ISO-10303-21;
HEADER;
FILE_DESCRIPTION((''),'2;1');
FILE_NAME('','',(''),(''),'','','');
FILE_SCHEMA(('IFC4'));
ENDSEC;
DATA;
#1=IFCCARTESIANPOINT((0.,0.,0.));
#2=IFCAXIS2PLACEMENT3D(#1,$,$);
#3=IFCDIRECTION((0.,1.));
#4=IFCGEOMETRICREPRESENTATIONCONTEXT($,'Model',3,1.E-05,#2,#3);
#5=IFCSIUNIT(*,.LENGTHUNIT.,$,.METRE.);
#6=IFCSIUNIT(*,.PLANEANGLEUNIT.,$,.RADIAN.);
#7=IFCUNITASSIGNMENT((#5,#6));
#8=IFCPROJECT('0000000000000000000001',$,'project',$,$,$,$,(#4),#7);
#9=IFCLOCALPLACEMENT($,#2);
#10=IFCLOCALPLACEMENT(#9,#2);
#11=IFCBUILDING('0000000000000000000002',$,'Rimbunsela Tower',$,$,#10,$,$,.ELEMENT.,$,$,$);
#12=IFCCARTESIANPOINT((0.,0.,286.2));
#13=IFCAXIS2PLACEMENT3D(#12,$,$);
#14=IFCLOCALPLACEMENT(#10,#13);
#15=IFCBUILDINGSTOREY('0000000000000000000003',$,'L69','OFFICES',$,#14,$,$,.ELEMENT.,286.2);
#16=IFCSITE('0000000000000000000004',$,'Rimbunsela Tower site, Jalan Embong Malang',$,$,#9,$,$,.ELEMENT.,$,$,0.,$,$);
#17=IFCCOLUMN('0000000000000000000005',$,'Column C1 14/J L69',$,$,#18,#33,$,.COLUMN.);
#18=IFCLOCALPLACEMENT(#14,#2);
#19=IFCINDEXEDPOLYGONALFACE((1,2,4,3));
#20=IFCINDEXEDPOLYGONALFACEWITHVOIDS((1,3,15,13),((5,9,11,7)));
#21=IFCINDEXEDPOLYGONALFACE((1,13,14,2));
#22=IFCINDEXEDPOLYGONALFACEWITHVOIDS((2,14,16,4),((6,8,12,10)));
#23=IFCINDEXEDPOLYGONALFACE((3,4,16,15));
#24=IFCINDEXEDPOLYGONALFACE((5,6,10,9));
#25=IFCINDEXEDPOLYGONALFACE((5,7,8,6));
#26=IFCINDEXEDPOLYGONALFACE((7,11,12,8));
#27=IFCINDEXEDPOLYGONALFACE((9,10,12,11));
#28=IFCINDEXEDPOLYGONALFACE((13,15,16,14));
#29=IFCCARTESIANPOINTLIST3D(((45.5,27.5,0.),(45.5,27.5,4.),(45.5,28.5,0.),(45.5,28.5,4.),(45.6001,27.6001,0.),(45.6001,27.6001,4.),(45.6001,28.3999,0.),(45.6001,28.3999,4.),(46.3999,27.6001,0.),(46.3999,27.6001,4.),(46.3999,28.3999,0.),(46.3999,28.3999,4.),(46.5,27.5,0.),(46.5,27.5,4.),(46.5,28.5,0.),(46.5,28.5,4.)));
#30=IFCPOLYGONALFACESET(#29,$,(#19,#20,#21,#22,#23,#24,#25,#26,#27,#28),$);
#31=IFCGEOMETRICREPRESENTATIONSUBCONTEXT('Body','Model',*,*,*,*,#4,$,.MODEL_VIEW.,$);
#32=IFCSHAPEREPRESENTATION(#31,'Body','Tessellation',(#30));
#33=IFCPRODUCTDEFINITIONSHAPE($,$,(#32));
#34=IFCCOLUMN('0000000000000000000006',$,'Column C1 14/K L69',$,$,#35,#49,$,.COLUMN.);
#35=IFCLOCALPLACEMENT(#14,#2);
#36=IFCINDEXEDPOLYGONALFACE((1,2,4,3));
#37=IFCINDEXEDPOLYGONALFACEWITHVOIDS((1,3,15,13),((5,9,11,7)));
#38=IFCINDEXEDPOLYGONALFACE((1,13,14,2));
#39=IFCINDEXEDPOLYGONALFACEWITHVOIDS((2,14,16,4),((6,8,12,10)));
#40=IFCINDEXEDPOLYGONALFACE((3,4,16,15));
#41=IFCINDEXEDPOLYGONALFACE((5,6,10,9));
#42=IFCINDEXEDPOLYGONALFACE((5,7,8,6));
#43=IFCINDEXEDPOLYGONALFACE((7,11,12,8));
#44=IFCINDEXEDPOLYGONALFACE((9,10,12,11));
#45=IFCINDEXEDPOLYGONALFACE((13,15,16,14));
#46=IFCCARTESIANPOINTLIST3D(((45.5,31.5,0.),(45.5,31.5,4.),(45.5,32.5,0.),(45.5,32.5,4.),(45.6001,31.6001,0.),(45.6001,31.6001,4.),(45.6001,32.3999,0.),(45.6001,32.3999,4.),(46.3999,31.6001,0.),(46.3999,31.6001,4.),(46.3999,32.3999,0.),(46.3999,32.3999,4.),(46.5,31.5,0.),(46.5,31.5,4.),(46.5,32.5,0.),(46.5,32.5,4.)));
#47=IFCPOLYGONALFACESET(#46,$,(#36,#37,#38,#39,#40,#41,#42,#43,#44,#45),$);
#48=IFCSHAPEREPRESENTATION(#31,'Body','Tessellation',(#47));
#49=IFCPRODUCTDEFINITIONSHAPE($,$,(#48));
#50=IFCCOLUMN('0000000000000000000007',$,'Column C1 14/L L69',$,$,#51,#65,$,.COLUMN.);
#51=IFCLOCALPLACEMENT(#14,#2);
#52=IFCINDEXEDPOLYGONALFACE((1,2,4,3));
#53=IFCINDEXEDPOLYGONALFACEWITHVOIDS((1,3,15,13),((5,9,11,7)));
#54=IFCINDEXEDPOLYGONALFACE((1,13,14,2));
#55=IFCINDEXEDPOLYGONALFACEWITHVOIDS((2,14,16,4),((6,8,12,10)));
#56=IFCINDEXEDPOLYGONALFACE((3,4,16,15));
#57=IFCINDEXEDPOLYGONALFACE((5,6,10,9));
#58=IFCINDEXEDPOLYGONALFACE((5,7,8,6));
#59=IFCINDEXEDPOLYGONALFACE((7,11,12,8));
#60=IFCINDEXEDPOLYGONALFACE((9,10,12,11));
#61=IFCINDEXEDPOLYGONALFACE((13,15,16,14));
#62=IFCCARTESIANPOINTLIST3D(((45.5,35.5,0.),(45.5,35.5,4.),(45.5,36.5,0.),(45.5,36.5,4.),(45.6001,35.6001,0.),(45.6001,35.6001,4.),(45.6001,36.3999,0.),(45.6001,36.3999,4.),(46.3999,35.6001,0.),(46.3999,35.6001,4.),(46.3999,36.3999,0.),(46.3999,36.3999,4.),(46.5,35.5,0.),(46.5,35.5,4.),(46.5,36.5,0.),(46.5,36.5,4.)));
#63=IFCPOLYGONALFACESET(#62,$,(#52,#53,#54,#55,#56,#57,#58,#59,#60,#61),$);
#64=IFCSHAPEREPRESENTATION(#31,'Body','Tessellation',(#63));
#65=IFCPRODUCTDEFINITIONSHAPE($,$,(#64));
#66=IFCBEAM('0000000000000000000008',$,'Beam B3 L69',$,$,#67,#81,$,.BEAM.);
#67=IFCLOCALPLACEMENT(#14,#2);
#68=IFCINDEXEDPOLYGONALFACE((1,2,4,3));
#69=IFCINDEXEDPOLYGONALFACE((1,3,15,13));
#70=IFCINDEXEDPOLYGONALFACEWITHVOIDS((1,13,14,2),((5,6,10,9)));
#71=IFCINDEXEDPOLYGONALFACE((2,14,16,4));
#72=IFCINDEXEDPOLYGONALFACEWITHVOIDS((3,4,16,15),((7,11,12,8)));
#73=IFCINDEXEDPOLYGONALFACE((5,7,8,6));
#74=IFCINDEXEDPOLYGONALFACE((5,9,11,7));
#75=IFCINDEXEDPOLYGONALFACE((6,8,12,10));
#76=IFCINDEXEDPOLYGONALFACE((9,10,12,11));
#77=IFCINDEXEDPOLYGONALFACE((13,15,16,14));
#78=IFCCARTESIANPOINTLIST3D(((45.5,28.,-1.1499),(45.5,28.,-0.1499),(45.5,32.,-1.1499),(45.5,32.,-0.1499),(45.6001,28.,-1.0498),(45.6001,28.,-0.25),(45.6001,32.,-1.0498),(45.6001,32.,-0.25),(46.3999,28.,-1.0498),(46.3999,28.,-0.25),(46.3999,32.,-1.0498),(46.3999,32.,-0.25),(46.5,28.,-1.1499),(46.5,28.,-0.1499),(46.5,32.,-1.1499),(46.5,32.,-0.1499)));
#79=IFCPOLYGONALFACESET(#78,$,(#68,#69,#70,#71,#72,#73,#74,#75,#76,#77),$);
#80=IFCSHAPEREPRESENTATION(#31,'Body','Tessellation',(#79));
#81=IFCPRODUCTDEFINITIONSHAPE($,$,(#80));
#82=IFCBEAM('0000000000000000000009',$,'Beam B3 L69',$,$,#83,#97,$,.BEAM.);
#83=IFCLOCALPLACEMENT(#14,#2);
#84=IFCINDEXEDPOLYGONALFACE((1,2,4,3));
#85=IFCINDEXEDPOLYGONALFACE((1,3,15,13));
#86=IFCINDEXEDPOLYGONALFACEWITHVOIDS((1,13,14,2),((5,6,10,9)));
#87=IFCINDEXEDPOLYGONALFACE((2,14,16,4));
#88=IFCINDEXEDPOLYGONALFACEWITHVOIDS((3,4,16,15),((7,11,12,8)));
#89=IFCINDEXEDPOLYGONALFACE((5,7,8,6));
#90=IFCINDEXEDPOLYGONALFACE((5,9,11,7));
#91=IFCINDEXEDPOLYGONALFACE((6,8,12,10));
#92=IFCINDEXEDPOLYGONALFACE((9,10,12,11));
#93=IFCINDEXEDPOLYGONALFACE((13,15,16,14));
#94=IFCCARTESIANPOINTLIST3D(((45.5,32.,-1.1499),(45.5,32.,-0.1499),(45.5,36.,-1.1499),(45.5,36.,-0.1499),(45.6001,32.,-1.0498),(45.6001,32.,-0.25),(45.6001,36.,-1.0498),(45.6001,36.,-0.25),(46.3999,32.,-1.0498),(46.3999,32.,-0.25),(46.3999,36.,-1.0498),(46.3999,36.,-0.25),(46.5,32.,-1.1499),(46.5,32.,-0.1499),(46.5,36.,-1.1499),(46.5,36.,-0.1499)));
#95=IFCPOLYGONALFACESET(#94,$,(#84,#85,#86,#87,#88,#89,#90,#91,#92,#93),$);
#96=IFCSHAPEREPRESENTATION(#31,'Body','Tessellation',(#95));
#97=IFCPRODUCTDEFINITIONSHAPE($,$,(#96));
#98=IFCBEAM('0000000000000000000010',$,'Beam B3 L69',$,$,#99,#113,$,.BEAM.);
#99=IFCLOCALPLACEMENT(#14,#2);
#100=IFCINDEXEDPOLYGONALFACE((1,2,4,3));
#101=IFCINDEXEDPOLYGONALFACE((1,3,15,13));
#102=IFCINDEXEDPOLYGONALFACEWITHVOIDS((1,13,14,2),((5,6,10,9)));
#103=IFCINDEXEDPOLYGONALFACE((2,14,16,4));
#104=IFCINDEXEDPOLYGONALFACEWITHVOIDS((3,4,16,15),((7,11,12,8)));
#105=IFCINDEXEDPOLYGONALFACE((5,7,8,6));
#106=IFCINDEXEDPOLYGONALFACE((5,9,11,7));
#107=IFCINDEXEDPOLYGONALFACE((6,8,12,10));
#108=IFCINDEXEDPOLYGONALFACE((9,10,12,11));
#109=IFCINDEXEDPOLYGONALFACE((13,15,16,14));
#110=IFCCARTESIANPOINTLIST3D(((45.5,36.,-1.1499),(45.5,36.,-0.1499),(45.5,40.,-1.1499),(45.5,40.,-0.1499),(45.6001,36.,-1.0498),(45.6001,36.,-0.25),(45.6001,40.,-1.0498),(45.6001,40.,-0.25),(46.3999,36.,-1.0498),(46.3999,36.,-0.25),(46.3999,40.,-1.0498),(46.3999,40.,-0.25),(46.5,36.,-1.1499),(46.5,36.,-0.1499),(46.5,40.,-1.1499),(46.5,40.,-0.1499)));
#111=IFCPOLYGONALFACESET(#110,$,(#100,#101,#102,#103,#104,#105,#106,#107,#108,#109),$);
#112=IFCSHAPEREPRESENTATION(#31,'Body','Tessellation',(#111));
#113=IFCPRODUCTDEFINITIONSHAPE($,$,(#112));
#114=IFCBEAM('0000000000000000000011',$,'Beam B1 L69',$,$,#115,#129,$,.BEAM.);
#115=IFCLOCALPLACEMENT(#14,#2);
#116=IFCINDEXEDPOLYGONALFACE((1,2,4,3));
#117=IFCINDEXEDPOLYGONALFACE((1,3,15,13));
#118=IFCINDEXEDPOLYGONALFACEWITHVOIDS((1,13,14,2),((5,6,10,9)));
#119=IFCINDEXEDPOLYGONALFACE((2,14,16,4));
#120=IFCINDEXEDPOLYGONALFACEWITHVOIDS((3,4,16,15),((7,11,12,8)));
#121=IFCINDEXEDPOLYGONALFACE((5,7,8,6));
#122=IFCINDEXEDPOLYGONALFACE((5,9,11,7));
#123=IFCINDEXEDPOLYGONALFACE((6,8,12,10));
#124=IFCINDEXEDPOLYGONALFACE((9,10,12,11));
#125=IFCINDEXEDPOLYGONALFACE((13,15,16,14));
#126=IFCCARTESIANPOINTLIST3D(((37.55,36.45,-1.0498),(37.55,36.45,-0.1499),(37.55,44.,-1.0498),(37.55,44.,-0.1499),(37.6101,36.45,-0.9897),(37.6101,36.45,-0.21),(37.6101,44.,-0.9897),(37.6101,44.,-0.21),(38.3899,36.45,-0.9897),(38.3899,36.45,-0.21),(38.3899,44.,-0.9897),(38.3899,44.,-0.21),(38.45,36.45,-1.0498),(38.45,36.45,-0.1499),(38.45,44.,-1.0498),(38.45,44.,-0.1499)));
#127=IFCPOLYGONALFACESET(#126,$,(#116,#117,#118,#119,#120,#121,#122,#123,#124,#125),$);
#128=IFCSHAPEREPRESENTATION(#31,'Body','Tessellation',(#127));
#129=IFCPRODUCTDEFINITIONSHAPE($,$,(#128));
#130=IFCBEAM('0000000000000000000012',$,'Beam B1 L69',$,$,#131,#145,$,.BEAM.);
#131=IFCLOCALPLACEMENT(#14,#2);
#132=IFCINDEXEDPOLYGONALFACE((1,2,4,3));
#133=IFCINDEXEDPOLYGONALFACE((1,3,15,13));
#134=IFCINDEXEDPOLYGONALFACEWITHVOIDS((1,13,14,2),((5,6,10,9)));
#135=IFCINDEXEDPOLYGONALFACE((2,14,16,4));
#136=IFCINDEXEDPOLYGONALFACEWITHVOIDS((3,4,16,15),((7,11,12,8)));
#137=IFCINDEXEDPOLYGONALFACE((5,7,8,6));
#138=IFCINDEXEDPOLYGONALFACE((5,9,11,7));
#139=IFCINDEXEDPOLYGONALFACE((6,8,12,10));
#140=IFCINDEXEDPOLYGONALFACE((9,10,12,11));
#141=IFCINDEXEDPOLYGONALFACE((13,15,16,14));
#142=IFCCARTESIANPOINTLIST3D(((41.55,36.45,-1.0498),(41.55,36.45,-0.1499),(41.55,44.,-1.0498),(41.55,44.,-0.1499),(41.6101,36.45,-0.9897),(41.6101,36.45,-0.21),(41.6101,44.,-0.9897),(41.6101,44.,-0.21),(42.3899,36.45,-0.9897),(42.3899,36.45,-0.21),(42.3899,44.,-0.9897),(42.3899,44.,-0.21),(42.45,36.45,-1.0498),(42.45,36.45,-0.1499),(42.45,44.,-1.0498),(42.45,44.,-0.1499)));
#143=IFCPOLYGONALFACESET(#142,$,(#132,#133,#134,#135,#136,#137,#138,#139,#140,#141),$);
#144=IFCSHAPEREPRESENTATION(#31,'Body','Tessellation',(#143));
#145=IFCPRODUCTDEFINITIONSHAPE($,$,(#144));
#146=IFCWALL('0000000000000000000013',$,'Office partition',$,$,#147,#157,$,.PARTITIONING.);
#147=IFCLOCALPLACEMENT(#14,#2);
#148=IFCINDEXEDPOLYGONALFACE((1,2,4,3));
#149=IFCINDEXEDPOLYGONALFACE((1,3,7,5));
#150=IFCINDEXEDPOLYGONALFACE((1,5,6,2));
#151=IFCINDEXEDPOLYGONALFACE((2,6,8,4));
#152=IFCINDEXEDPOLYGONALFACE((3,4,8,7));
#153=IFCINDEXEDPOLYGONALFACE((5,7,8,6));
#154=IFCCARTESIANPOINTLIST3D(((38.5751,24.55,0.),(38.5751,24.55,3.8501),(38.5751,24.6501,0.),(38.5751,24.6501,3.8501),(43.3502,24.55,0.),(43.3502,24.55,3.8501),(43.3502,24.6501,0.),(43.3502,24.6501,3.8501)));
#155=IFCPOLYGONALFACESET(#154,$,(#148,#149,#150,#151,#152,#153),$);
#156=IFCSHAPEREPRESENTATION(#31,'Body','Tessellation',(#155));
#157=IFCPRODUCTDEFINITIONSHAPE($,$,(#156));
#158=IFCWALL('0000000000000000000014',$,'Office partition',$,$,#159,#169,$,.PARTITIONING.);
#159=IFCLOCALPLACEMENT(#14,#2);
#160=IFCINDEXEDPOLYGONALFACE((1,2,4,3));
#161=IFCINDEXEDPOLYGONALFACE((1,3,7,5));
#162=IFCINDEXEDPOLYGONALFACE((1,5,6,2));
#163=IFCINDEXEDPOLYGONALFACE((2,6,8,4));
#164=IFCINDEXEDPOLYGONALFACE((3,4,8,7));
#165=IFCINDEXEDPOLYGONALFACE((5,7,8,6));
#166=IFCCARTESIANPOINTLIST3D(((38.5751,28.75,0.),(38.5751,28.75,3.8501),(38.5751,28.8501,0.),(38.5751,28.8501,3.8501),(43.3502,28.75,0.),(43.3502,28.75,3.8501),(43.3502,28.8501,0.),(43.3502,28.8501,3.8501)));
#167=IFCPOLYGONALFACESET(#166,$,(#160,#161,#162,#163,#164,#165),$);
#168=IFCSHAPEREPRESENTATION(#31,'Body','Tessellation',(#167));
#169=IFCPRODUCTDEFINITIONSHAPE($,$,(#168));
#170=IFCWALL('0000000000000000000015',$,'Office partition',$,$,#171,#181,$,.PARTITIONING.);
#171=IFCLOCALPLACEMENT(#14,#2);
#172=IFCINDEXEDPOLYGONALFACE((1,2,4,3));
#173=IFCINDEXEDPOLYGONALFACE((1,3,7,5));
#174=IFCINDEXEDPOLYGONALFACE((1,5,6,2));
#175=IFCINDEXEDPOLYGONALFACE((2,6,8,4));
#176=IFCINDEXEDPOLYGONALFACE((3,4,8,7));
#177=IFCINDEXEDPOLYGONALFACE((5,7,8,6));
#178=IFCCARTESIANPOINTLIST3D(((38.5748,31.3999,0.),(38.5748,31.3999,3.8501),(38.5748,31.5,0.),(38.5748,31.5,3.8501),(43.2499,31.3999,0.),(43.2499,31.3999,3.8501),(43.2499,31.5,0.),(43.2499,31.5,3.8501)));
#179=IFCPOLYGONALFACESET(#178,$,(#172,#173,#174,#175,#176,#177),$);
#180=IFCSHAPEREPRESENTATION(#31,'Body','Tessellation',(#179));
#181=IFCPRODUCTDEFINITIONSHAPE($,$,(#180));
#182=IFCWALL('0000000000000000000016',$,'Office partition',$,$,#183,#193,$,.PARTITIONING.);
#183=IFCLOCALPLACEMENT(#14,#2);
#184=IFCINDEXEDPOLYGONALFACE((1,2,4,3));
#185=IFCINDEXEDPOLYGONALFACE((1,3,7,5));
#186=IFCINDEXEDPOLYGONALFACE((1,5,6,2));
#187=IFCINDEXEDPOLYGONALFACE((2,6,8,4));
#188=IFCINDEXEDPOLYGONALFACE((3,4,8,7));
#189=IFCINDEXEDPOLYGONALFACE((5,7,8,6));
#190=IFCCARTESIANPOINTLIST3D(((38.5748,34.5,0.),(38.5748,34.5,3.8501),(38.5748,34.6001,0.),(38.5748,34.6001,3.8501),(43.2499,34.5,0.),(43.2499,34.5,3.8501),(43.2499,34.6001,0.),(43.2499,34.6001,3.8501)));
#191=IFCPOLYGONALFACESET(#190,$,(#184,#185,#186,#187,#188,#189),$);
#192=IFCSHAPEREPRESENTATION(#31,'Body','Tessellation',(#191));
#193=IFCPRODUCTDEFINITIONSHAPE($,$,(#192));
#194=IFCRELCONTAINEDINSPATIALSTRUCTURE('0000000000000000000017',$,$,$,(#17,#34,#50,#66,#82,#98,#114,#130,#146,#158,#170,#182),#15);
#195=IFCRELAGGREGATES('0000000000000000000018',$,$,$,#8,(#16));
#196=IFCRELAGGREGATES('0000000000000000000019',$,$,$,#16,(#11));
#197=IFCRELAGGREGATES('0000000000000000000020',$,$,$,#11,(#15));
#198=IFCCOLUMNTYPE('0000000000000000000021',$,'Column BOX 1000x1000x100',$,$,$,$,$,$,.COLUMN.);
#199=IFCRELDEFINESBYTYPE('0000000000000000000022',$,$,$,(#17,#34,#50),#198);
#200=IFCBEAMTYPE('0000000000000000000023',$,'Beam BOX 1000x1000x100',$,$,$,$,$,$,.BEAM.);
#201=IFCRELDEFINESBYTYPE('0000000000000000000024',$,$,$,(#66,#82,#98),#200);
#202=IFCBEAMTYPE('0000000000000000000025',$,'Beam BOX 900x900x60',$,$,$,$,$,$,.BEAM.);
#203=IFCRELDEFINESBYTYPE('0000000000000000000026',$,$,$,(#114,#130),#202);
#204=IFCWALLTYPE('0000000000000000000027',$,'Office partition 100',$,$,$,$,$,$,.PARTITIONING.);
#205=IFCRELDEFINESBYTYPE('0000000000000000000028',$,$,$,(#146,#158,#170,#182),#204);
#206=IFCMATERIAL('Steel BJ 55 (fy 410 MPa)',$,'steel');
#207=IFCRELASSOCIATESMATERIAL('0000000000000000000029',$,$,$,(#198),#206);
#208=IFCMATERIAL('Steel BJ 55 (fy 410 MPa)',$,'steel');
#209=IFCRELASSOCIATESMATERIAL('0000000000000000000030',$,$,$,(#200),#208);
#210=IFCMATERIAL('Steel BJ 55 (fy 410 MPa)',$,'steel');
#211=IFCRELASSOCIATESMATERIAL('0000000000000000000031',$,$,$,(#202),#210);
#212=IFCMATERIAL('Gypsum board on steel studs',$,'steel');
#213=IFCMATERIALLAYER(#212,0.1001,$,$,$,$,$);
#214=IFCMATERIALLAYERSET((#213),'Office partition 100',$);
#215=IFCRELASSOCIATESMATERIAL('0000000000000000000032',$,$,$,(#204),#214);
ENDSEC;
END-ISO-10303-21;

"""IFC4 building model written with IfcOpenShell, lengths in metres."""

from ifc_helpers import new_model, si_unit, direction, frame, frame_2d, origin, origin_2d, place, context, subcontext, project, spatial, rectangle, hollow_rectangle, extrude, material, layer, layer_set, material_profile, profile_set, type_object, element, save


model = new_model("IFC4")

# Units and contexts
model_context = context("Model", 3, precision=1e-05, world=origin(), true_north=direction((0.0, 1.0)))
body_context = subcontext(model_context, "Body", "Model", "MODEL_VIEW")
ifc_project = project(units=[si_unit("LENGTHUNIT", "METRE"), si_unit("PLANEANGLEUNIT", "RADIAN")], contexts=[model_context])

# Site, building, storey
site_placement = place(None, origin())
site = spatial("IfcSite", under=ifc_project, at=site_placement, Name="Rimbunsela Tower site, Jalan Embong Malang", CompositionType="ELEMENT", RefElevation=0.0)
building_placement = place(site_placement, origin())
building = spatial("IfcBuilding", under=site, at=building_placement, Name="Rimbunsela Tower", CompositionType="ELEMENT")
storey_placement = place(building_placement, frame((0.0, 0.0, 286.2)))
storey = spatial("IfcBuildingStorey", under=building, at=storey_placement, Name="L69", Description="OFFICES", CompositionType="ELEMENT", Elevation=286.2)

# Columns
ifc_material_1 = material(Name="Steel BJ 55 (fy 410 MPa)", Category="steel")
ifc_material_profile_1 = material_profile(ifc_material_1, hollow_rectangle(XDim=1.0, YDim=1.0, WallThickness=0.1001, at=origin_2d()), Name="BOX 1000x1000x100")
ifc_profile_set_1 = profile_set([ifc_material_profile_1], Name="Steel BJ 55 (fy 410 MPa)")
column_type = type_object("IfcColumnType", Name="Column BOX 1000x1000x100", PredefinedType="COLUMN", material=ifc_profile_set_1)
for number, where, z_axis, x_axis, name in (
    (1, (46.0, 28.0, 0.0), (0.0, 0.0, 1.0), (1.0, 0.0, 0.0), "Column C1 14/J L69"),
    (2, (46.0, 32.0, 0.0), (0.0, 0.0, 1.0), (1.0, 0.0, 0.0), "Column C1 14/K L69"),
    (3, (46.0, 36.0, 0.0), (0.0, 0.0, 1.0), (1.0, 0.0, 0.0), "Column C1 14/L L69"),
):
    element("IfcColumn", number, at=place(storey_placement, frame(where, z_axis=z_axis, x_axis=x_axis)), inside=storey, type_object=column_type, Name=name, PredefinedType="COLUMN", context=body_context, shape_type="SweptSolid", body=[
        extrude(hollow_rectangle(XDim=1.0, YDim=1.0, WallThickness=0.1001, at=origin_2d()), origin(), (0.0, 0.0, 1.0), 4.0),
    ])

# Beams
ifc_material_2 = material(Name="Steel BJ 55 (fy 410 MPa)", Category="steel")
ifc_material_profile_2 = material_profile(ifc_material_2, hollow_rectangle(XDim=1.0, YDim=1.0, WallThickness=0.1001, at=origin_2d()), Name="BOX 1000x1000x100")
ifc_profile_set_2 = profile_set([ifc_material_profile_2], Name="Steel BJ 55 (fy 410 MPa)")
beam_type_1 = type_object("IfcBeamType", Name="Beam BOX 1000x1000x100", PredefinedType="BEAM", material=ifc_profile_set_2)
for number, where, z_axis, x_axis, name in (
    (4, (46.0, 28.0, -0.6499), (0.0, 1.0, 0.0), (-1.0, 0.0, 0.0), "Beam B3 L69"),
    (5, (46.0, 32.0, -0.6499), (0.0, 1.0, 0.0), (-1.0, 0.0, 0.0), "Beam B3 L69"),
    (6, (46.0, 36.0, -0.6499), (0.0, 1.0, 0.0), (-1.0, 0.0, 0.0), "Beam B3 L69"),
):
    element("IfcBeam", number, at=place(storey_placement, frame(where, z_axis=z_axis, x_axis=x_axis)), inside=storey, type_object=beam_type_1, Name=name, PredefinedType="BEAM", context=body_context, shape_type="SweptSolid", body=[
        extrude(hollow_rectangle(XDim=1.0, YDim=1.0, WallThickness=0.1001, at=origin_2d()), origin(), (0.0, 0.0, 1.0), 4.0),
    ])
ifc_material_3 = material(Name="Steel BJ 55 (fy 410 MPa)", Category="steel")
ifc_material_profile_3 = material_profile(ifc_material_3, hollow_rectangle(XDim=0.8999, YDim=0.8999, WallThickness=0.0601, at=origin_2d()), Name="BOX 900x900x60")
ifc_profile_set_3 = profile_set([ifc_material_profile_3], Name="Steel BJ 55 (fy 410 MPa)")
beam_type_2 = type_object("IfcBeamType", Name="Beam BOX 900x900x60", PredefinedType="BEAM", material=ifc_profile_set_3)
for number, where, z_axis, x_axis, name in (
    (7, (38.0, 36.45, -0.5999), (0.0, 1.0, 0.0), (-1.0, 0.0, 0.0), "Beam B1 L69"),
    (8, (42.0, 36.45, -0.5999), (0.0, 1.0, 0.0), (-1.0, 0.0, 0.0), "Beam B1 L69"),
):
    element("IfcBeam", number, at=place(storey_placement, frame(where, z_axis=z_axis, x_axis=x_axis)), inside=storey, type_object=beam_type_2, Name=name, PredefinedType="BEAM", context=body_context, shape_type="SweptSolid", body=[
        extrude(hollow_rectangle(XDim=0.8999, YDim=0.8999, WallThickness=0.0601, at=origin_2d()), origin(), (0.0, 0.0, 1.0), 7.55),
    ])

# Walls
ifc_material_4 = material(Name="Gypsum board on steel studs", Category="steel")
ifc_layer_1 = layer(ifc_material_4, 0.1001)
ifc_layer_set_1 = layer_set([ifc_layer_1], Name="Office partition 100")
wall_type_1 = type_object("IfcWallType", Name="Office partition 100", PredefinedType="PARTITIONING", material=ifc_layer_set_1)
for number, where, z_axis, x_axis, name in (
    (9, (38.575, 24.6001, 0.0), (0.0, 0.0, 1.0), (1.0, 0.0, 0.0), "Office partition"),
    (10, (38.575, 28.8, 0.0), (0.0, 0.0, 1.0), (1.0, 0.0, 0.0), "Office partition"),
):
    element("IfcWall", number, at=place(storey_placement, frame(where, z_axis=z_axis, x_axis=x_axis)), inside=storey, type_object=wall_type_1, Name=name, PredefinedType="PARTITIONING", context=body_context, shape_type="SweptSolid", body=[
        extrude(rectangle(XDim=4.7751, YDim=0.1001, at=frame_2d((2.3877, 0.0))), origin(), (0.0, 0.0, 1.0), 3.8501),
    ])
for number, where, z_axis, x_axis, name in (
    (11, (38.575, 31.45, 0.0), (0.0, 0.0, 1.0), (1.0, 0.0, 0.0), "Office partition"),
    (12, (38.575, 34.55, 0.0), (0.0, 0.0, 1.0), (1.0, 0.0, 0.0), "Office partition"),
):
    element("IfcWall", number, at=place(storey_placement, frame(where, z_axis=z_axis, x_axis=x_axis)), inside=storey, type_object=wall_type_1, Name=name, PredefinedType="PARTITIONING", context=body_context, shape_type="SweptSolid", body=[
        extrude(rectangle(XDim=4.675, YDim=0.1001, at=frame_2d((2.3374, 0.0))), origin(), (0.0, 0.0, 1.0), 3.8501),
    ])

save(model, "model.ifc")
